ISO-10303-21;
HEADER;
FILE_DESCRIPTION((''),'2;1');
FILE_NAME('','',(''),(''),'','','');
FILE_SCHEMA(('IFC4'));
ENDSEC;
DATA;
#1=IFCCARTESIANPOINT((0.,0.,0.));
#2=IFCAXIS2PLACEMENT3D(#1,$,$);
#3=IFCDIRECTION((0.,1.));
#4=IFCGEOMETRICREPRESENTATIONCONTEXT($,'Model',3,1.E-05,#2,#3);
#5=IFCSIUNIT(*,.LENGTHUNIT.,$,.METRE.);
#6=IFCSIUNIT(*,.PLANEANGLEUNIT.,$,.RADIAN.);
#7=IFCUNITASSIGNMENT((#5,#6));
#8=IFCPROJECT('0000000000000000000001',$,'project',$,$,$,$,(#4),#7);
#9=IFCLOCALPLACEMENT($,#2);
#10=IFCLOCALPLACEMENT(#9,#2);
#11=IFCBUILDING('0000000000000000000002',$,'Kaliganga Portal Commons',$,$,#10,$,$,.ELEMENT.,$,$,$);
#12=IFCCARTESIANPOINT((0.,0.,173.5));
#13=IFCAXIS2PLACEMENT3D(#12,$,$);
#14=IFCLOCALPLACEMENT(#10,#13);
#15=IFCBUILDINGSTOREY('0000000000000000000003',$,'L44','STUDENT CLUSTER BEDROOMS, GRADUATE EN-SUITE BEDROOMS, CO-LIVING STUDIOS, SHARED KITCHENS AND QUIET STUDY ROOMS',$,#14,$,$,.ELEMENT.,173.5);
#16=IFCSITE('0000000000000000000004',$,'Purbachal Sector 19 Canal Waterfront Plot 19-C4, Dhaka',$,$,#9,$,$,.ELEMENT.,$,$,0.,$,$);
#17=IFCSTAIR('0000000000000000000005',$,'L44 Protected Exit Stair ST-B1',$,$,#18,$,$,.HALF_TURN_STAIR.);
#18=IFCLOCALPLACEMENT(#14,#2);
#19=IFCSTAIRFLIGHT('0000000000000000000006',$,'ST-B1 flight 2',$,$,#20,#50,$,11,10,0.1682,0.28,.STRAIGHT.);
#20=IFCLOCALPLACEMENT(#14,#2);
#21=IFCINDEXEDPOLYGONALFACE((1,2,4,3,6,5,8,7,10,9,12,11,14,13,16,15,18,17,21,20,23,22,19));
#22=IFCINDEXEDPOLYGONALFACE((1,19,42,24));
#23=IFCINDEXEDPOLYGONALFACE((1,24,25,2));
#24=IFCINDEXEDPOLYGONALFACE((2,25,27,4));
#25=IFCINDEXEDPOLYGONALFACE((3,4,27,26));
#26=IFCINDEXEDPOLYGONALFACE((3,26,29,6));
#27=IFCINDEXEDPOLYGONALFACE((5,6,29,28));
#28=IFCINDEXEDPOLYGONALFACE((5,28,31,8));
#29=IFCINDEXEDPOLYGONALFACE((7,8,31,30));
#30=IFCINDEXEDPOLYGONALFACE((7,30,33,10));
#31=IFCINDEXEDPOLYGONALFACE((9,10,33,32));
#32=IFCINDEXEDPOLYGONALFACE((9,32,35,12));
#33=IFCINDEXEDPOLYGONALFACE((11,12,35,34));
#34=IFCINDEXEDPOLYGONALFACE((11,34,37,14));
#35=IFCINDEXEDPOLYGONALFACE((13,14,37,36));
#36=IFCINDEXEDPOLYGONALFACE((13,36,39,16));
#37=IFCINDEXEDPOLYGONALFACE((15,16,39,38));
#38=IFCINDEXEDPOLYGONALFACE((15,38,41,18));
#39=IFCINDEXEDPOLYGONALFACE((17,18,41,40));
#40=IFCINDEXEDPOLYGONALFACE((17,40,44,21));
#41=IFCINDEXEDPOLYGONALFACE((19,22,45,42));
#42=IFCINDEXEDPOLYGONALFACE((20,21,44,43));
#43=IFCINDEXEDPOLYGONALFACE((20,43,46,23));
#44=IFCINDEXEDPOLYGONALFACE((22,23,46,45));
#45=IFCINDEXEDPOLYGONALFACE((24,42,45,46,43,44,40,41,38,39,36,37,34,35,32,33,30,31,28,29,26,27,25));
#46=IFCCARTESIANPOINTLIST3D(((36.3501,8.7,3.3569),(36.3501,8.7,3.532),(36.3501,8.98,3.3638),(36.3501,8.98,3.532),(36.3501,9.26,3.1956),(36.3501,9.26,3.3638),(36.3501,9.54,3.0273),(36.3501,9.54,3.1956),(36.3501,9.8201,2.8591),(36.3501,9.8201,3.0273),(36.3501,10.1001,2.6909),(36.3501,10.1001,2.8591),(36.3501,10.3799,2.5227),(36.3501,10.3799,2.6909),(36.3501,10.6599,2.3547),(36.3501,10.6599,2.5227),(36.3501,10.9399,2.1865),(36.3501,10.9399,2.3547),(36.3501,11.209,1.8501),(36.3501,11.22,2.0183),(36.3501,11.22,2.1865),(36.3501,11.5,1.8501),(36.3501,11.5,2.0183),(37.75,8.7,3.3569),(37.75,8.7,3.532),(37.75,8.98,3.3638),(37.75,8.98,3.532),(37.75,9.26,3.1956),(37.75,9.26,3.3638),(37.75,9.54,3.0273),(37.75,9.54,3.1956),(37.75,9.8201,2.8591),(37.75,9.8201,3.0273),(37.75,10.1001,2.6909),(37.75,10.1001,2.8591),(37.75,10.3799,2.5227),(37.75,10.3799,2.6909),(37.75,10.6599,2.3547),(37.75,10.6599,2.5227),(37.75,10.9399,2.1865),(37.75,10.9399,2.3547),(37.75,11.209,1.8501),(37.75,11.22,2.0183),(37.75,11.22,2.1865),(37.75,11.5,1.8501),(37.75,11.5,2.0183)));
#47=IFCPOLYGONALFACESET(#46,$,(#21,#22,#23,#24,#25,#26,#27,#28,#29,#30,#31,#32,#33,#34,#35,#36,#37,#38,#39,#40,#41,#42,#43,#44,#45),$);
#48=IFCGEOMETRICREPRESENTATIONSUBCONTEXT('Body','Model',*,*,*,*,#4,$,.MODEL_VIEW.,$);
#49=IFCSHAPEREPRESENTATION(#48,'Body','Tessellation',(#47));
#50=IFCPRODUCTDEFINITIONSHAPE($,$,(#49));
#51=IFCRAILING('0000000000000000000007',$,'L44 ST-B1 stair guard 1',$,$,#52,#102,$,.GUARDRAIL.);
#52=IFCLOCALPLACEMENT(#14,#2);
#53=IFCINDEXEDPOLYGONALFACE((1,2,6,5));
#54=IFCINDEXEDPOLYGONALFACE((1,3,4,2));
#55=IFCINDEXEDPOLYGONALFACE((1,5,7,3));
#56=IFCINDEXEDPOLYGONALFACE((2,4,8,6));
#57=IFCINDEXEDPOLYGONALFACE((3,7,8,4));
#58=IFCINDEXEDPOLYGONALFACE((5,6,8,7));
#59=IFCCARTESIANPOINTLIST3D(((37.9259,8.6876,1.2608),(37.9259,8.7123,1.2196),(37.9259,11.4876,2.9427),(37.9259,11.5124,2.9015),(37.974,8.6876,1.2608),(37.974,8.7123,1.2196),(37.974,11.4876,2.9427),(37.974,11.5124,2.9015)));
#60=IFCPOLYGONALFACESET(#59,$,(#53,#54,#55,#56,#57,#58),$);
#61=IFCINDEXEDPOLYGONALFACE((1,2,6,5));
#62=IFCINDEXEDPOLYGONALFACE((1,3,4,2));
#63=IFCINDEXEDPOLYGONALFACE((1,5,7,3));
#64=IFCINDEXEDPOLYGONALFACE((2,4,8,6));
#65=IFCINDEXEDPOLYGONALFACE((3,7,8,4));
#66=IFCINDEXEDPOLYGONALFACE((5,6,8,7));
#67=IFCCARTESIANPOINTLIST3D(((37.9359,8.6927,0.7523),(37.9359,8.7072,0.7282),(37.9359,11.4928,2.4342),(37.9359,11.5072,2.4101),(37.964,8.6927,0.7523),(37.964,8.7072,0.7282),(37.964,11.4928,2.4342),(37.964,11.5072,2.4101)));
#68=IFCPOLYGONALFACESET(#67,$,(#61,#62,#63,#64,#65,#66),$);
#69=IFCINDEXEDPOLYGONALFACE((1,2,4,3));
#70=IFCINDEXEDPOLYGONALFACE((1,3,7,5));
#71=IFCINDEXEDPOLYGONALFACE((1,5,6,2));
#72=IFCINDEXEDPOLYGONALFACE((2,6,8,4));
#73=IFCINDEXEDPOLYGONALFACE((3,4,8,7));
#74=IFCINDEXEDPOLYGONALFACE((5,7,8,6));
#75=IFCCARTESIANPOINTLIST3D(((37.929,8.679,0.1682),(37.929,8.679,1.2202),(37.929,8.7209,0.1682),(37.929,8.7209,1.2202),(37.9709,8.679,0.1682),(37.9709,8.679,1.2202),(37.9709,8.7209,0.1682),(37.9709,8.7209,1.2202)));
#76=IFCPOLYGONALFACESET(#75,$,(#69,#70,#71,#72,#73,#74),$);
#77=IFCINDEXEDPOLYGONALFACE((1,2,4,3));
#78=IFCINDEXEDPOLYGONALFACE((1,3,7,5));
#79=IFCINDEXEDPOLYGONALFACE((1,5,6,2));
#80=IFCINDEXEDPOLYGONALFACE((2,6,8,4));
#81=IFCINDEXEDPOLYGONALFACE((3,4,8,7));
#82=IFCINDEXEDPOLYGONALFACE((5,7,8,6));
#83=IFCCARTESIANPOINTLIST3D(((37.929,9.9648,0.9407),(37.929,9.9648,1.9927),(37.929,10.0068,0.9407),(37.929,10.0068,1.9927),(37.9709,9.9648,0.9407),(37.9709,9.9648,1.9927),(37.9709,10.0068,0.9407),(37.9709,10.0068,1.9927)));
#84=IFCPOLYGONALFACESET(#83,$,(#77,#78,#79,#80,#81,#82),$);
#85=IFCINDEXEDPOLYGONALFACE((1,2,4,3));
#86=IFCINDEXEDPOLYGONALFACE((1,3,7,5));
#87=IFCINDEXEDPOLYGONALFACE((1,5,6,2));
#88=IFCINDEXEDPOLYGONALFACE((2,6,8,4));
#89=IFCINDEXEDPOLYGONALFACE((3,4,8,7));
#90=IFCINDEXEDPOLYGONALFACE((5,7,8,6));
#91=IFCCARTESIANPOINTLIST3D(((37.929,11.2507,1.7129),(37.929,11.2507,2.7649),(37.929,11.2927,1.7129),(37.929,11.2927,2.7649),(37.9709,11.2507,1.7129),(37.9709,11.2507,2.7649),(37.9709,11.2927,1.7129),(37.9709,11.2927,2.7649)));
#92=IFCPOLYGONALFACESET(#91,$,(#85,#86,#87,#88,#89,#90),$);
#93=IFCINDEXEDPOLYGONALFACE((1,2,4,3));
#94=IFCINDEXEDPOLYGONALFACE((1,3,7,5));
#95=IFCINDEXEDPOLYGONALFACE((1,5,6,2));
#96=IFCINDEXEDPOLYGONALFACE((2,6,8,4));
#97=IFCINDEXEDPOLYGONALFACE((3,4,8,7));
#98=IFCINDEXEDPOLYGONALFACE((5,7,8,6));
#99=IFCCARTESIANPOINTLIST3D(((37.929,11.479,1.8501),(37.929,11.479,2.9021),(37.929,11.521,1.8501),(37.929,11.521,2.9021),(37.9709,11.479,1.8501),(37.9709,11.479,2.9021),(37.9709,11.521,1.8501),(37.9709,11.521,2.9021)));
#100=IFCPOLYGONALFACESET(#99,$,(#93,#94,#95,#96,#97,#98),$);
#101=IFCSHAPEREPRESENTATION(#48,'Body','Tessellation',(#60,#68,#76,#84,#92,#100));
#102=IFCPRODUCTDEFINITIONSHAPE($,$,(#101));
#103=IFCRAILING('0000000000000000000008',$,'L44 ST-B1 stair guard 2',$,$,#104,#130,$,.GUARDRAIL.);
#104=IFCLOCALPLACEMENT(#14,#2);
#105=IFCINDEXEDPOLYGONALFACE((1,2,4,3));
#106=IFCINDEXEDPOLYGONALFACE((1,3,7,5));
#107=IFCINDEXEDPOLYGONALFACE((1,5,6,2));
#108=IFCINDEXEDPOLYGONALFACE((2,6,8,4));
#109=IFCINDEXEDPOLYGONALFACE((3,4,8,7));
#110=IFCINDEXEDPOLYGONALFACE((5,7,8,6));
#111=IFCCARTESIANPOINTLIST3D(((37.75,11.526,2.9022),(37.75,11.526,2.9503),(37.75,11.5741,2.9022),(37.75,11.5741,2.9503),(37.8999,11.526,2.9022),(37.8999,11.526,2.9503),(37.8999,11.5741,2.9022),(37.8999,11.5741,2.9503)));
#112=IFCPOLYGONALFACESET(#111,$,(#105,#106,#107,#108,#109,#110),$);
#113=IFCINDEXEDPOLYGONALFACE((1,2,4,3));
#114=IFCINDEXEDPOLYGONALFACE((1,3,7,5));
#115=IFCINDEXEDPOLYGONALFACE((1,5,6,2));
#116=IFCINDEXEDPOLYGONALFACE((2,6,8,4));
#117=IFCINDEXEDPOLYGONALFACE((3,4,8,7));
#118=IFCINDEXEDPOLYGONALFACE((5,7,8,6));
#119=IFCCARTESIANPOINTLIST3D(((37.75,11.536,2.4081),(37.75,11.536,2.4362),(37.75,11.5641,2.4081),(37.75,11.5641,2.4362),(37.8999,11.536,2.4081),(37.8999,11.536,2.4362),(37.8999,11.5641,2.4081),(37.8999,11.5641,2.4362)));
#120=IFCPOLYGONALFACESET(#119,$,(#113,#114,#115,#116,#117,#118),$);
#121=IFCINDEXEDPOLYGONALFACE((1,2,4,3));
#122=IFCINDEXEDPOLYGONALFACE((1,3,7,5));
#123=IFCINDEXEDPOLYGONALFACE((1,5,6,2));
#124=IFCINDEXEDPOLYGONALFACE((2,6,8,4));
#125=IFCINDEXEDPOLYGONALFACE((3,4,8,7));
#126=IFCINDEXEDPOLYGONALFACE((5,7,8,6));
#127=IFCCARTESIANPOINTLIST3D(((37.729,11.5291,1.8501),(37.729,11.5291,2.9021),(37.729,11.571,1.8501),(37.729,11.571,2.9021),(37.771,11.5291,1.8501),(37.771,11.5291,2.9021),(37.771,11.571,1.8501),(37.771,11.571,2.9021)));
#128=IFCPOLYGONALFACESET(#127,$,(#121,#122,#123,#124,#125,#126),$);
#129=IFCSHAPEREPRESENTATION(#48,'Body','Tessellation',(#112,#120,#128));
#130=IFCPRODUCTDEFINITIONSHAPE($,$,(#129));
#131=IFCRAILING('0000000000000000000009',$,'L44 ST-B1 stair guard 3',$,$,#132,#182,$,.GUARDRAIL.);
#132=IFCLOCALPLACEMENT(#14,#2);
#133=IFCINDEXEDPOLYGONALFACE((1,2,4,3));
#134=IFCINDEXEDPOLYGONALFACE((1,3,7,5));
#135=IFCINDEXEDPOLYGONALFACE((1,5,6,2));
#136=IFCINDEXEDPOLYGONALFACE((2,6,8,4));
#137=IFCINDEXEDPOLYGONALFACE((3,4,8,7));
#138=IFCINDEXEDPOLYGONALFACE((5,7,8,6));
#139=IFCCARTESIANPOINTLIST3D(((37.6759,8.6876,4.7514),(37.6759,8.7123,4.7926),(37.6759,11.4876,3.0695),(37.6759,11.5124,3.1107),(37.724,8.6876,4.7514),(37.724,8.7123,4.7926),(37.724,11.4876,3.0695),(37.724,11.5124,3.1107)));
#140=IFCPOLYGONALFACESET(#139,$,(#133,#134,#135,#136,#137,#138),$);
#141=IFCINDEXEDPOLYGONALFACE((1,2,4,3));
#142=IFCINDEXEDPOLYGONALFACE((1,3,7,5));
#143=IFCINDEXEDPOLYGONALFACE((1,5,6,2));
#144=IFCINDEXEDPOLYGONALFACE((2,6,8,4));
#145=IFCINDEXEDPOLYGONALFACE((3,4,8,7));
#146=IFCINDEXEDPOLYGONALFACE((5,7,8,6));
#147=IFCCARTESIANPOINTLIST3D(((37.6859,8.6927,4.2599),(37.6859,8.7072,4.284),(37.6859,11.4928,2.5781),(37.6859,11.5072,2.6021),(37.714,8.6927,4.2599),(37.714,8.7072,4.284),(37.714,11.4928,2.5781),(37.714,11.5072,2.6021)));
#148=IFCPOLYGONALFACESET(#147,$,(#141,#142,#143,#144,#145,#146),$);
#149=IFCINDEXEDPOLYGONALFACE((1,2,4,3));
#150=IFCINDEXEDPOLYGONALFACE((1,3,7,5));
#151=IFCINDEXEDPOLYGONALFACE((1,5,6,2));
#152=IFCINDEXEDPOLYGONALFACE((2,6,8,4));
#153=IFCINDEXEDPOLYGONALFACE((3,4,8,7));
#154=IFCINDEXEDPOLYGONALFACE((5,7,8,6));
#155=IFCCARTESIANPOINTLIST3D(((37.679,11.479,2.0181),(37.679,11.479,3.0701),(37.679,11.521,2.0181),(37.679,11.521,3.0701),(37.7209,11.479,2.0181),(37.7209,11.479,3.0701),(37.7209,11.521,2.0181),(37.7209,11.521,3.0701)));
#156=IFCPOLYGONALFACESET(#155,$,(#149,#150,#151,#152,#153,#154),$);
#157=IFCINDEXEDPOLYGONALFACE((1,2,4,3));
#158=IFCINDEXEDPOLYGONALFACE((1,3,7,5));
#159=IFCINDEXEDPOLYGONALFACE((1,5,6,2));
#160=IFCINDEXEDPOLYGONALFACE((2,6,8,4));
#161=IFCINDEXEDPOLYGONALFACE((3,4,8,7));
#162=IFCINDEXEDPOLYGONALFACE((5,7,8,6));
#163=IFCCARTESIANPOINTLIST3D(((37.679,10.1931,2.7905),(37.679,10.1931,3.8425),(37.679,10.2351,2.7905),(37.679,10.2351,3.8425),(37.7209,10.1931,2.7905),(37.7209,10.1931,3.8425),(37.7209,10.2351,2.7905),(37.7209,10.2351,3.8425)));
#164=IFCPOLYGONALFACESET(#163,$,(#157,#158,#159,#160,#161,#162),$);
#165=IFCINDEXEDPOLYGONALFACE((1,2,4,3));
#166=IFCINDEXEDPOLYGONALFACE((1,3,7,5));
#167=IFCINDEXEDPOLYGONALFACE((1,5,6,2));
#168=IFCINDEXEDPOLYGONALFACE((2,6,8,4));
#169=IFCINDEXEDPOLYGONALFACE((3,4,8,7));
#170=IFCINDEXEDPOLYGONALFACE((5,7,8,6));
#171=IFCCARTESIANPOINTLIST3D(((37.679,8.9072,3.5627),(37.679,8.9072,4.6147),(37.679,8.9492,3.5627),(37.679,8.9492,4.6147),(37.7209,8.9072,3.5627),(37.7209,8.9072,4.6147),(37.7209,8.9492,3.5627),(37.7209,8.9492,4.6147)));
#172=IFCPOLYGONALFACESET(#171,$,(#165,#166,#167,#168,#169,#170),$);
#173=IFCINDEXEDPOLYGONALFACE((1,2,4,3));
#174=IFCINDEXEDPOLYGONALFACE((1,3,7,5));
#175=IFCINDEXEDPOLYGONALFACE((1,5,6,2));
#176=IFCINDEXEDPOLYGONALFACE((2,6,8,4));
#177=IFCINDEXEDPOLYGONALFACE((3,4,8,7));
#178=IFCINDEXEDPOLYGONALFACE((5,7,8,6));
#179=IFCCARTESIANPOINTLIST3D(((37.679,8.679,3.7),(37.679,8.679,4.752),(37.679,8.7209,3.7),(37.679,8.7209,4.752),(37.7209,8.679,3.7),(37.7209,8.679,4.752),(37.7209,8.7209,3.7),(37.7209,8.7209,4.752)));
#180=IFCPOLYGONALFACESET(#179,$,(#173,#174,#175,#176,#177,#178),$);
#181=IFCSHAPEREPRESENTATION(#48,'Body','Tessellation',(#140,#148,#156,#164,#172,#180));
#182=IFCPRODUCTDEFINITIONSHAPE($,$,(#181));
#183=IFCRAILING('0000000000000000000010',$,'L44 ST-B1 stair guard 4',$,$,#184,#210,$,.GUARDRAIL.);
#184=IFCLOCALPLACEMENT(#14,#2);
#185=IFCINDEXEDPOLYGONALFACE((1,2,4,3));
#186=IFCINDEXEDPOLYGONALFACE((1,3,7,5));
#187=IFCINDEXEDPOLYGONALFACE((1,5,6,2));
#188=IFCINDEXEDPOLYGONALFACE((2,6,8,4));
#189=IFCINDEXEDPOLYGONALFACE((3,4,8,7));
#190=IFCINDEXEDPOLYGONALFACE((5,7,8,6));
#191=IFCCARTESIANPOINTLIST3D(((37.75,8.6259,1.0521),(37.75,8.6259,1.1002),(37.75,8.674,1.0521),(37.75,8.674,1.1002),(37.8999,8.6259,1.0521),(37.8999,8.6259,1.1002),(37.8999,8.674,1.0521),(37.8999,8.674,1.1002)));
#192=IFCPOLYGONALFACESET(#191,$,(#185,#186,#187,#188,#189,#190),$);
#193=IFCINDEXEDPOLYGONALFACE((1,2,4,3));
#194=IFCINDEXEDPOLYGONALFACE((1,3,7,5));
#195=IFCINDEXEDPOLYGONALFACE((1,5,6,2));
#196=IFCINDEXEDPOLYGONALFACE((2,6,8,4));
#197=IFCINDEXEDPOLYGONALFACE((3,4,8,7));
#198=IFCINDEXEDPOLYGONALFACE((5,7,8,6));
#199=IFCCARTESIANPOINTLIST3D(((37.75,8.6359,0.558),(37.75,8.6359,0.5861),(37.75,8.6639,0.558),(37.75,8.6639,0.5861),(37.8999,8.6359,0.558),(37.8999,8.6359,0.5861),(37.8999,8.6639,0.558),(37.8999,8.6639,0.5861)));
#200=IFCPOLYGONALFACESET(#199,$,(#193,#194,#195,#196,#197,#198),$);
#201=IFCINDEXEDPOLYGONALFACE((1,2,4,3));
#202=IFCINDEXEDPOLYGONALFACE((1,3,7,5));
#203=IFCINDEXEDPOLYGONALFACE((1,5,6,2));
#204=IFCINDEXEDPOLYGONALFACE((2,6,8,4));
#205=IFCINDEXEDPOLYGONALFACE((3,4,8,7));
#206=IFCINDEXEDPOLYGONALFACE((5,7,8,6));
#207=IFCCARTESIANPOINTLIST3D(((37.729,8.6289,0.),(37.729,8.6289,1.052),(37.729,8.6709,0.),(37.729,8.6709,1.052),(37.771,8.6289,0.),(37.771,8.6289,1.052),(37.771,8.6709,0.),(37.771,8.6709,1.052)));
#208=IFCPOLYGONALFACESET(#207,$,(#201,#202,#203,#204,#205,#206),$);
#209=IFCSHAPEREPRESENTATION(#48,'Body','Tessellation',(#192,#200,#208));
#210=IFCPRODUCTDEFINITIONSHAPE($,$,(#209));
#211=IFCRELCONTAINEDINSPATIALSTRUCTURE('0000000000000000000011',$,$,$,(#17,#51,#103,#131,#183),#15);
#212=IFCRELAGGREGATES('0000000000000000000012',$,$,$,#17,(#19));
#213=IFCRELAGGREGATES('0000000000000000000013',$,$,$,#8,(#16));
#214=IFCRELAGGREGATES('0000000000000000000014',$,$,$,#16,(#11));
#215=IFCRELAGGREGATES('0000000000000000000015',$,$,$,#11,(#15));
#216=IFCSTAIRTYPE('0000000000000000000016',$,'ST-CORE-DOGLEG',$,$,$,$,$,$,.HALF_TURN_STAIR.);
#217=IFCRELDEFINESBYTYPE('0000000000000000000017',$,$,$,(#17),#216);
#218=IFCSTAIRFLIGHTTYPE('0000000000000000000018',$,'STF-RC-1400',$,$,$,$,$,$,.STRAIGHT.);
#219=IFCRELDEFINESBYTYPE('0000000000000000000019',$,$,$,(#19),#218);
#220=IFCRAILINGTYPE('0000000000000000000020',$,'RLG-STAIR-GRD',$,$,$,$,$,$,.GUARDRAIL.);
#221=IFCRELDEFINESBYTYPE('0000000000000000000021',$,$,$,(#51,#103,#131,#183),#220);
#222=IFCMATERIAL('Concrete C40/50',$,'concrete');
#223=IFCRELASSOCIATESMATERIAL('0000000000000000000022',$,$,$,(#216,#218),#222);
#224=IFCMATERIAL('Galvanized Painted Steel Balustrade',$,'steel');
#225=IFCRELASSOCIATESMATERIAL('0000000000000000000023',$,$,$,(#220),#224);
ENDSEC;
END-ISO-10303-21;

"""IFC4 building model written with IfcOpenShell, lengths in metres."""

from ifc_helpers import new_model, si_unit, direction, frame, origin, origin_2d, place, context, subcontext, project, spatial, polyline, rectangle, outline, extrude, material, type_object, element, aggregate, save


model = new_model("IFC4")

# Units and contexts
model_context = context("Model", 3, precision=1e-05, world=origin(), true_north=direction((0.0, 1.0)))
body_context = subcontext(model_context, "Body", "Model", "MODEL_VIEW")
ifc_project = project(units=[si_unit("LENGTHUNIT", "METRE"), si_unit("PLANEANGLEUNIT", "RADIAN")], contexts=[model_context])

# Site, building, storey
site_placement = place(None, origin())
site = spatial("IfcSite", under=ifc_project, at=site_placement, Name="Purbachal Sector 19 Canal Waterfront Plot 19-C4, Dhaka", CompositionType="ELEMENT", RefElevation=0.0)
building_placement = place(site_placement, origin())
building = spatial("IfcBuilding", under=site, at=building_placement, Name="Kaliganga Portal Commons", CompositionType="ELEMENT")
storey_placement = place(building_placement, frame((0.0, 0.0, 173.5)))
storey = spatial("IfcBuildingStorey", under=building, at=storey_placement, Name="L44", Description="STUDENT CLUSTER BEDROOMS, GRADUATE EN-SUITE BEDROOMS, CO-LIVING STUDIOS, SHARED KITCHENS AND QUIET STUDY ROOMS", CompositionType="ELEMENT", Elevation=173.5)

# Stair, stair flight
ifc_material_1 = material(Name="Concrete C40/50", Category="concrete")
stair_type = type_object("IfcStairType", Name="ST-CORE-DOGLEG", PredefinedType="HALF_TURN_STAIR", material=ifc_material_1)
stair_placement = place(storey_placement, origin())
stair = element("IfcStair", 1, at=stair_placement, inside=storey, type_object=stair_type, Name="L44 Protected Exit Stair ST-B1", PredefinedType="HALF_TURN_STAIR")
stair_flight_type = type_object("IfcStairFlightType", Name="STF-RC-1400", PredefinedType="STRAIGHT", material=ifc_material_1)
stair_flight_1_placement = place(storey_placement, frame((37.05, 11.5, 1.8501), z_axis=(0.0, 0.0, 1.0), x_axis=(0.0, -1.0, 0.0)))
stair_flight_1 = element("IfcStairFlight", 2, at=stair_flight_1_placement, type_object=stair_flight_type, Name="ST-B1 flight 2", NumberOfRisers=11, NumberOfTreads=10, PredefinedType="STRAIGHT", RiserHeight=0.1682, TreadLength=0.28, context=body_context, shape_type="SweptSolid", body=[
    extrude(outline(polyline([(0.0, 0.0), (0.0, 0.1682), (0.28, 0.1682), (0.28, 0.3364), (0.5601, 0.3364), (0.5601, 0.5046), (0.8401, 0.5046), (0.8401, 0.6726), (1.1201, 0.6726), (1.1201, 0.8408), (1.3999, 0.8408), (1.3999, 1.009), (1.6799, 1.009), (1.6799, 1.1772), (1.96, 1.1772), (1.96, 1.3455), (2.24, 1.3455), (2.24, 1.5137), (2.52, 1.5137), (2.52, 1.6819), (2.8, 1.6819), (2.8, 1.8501), (2.8, 1.5068), (0.291, 0.0), (0.0, 0.0)])), frame((0.0, 0.7, 0.0), z_axis=(0.0, -1.0, 0.0), x_axis=(1.0, 0.0, 0.0)), (0.0, 0.0, 1.0), 1.3999),
])
aggregate(stair, [stair_flight_1])

# Railings
ifc_material_2 = material(Name="Galvanized Painted Steel Balustrade", Category="steel")
railing_type_1 = type_object("IfcRailingType", Name="RLG-STAIR-GRD", PredefinedType="GUARDRAIL", material=ifc_material_2)
railing_1_placement = place(storey_placement, frame((37.95, 8.7, 0.1682)))
element("IfcRailing", 3, at=railing_1_placement, inside=storey, type_object=railing_type_1, Name="L44 ST-B1 stair guard 1", PredefinedType="GUARDRAIL", context=body_context, shape_type="SweptSolid", body=[
    extrude(rectangle(XDim=0.0481, YDim=0.0481, at=origin_2d()), frame((0.0, 0.0, 1.072), z_axis=(0.0, 0.857242, 0.514913), x_axis=(-1.0, 0.0, 0.0)), (0.0, 0.0, 1.0), 3.2664),
    extrude(rectangle(XDim=0.0281, YDim=0.0281, at=origin_2d()), frame((0.0, 0.0, 0.572), z_axis=(0.0, 0.857242, 0.514913), x_axis=(-1.0, 0.0, 0.0)), (0.0, 0.0, 1.0), 3.2664),
    extrude(rectangle(XDim=0.042, YDim=0.042, at=origin_2d()), origin(), (0.0, 0.0, 1.0), 1.052),
    extrude(rectangle(XDim=0.042, YDim=0.042, at=origin_2d()), frame((0.0, 1.2859, 0.7725)), (0.0, 0.0, 1.0), 1.052),
    extrude(rectangle(XDim=0.042, YDim=0.042, at=origin_2d()), frame((0.0, 2.5718, 1.5447)), (0.0, 0.0, 1.0), 1.052),
    extrude(rectangle(XDim=0.042, YDim=0.042, at=origin_2d()), frame((0.0, 2.8, 1.6819)), (0.0, 0.0, 1.0), 1.052),
])
railing_2_placement = place(storey_placement, frame((37.8999, 11.55, 1.8501)))
element("IfcRailing", 4, at=railing_2_placement, inside=storey, type_object=railing_type_1, Name="L44 ST-B1 stair guard 2", PredefinedType="GUARDRAIL", context=body_context, shape_type="SweptSolid", body=[
    extrude(rectangle(XDim=0.0481, YDim=0.0481, at=origin_2d()), frame((0.0, 0.0, 1.0762), z_axis=(-1.0, 0.0, 0.0), x_axis=(0.0, -1.0, 0.0)), (0.0, 0.0, 1.0), 0.1499),
    extrude(rectangle(XDim=0.0281, YDim=0.0281, at=origin_2d()), frame((0.0, 0.0, 0.572), z_axis=(-1.0, 0.0, 0.0), x_axis=(0.0, -1.0, 0.0)), (0.0, 0.0, 1.0), 0.1499),
    extrude(rectangle(XDim=0.042, YDim=0.042, at=origin_2d()), frame((-0.1499, 0.0, 0.0)), (0.0, 0.0, 1.0), 1.052),
])
railing_3_placement = place(storey_placement, frame((37.7, 11.5, 2.0181)))
element("IfcRailing", 5, at=railing_3_placement, inside=storey, type_object=railing_type_1, Name="L44 ST-B1 stair guard 3", PredefinedType="GUARDRAIL", context=body_context, shape_type="SweptSolid", body=[
    extrude(rectangle(XDim=0.0481, YDim=0.0481, at=origin_2d()), frame((0.0, 0.0, 1.072), z_axis=(0.0, -0.857242, 0.514913), x_axis=(1.0, 0.0, 0.0)), (0.0, 0.0, 1.0), 3.2664),
    extrude(rectangle(XDim=0.0281, YDim=0.0281, at=origin_2d()), frame((0.0, 0.0, 0.572), z_axis=(0.0, -0.857242, 0.514913), x_axis=(1.0, 0.0, 0.0)), (0.0, 0.0, 1.0), 3.2664),
    extrude(rectangle(XDim=0.042, YDim=0.042, at=origin_2d()), origin(), (0.0, 0.0, 1.0), 1.052),
    extrude(rectangle(XDim=0.042, YDim=0.042, at=origin_2d()), frame((0.0, -1.2859, 0.7725)), (0.0, 0.0, 1.0), 1.052),
    extrude(rectangle(XDim=0.042, YDim=0.042, at=origin_2d()), frame((0.0, -2.5718, 1.5447)), (0.0, 0.0, 1.0), 1.052),
    extrude(rectangle(XDim=0.042, YDim=0.042, at=origin_2d()), frame((0.0, -2.8, 1.6819)), (0.0, 0.0, 1.0), 1.052),
])
railing_4_placement = place(storey_placement, frame((37.8999, 8.6499, 0.0)))
element("IfcRailing", 6, at=railing_4_placement, inside=storey, type_object=railing_type_1, Name="L44 ST-B1 stair guard 4", PredefinedType="GUARDRAIL", context=body_context, shape_type="SweptSolid", body=[
    extrude(rectangle(XDim=0.0481, YDim=0.0481, at=origin_2d()), frame((0.0, 0.0, 1.0762), z_axis=(-1.0, 0.0, 0.0), x_axis=(0.0, -1.0, 0.0)), (0.0, 0.0, 1.0), 0.1499),
    extrude(rectangle(XDim=0.0281, YDim=0.0281, at=origin_2d()), frame((0.0, 0.0, 0.572), z_axis=(-1.0, 0.0, 0.0), x_axis=(0.0, -1.0, 0.0)), (0.0, 0.0, 1.0), 0.1499),
    extrude(rectangle(XDim=0.042, YDim=0.042, at=origin_2d()), frame((-0.1499, 0.0, 0.0)), (0.0, 0.0, 1.0), 1.052),
])

save(model, "model.ifc")
